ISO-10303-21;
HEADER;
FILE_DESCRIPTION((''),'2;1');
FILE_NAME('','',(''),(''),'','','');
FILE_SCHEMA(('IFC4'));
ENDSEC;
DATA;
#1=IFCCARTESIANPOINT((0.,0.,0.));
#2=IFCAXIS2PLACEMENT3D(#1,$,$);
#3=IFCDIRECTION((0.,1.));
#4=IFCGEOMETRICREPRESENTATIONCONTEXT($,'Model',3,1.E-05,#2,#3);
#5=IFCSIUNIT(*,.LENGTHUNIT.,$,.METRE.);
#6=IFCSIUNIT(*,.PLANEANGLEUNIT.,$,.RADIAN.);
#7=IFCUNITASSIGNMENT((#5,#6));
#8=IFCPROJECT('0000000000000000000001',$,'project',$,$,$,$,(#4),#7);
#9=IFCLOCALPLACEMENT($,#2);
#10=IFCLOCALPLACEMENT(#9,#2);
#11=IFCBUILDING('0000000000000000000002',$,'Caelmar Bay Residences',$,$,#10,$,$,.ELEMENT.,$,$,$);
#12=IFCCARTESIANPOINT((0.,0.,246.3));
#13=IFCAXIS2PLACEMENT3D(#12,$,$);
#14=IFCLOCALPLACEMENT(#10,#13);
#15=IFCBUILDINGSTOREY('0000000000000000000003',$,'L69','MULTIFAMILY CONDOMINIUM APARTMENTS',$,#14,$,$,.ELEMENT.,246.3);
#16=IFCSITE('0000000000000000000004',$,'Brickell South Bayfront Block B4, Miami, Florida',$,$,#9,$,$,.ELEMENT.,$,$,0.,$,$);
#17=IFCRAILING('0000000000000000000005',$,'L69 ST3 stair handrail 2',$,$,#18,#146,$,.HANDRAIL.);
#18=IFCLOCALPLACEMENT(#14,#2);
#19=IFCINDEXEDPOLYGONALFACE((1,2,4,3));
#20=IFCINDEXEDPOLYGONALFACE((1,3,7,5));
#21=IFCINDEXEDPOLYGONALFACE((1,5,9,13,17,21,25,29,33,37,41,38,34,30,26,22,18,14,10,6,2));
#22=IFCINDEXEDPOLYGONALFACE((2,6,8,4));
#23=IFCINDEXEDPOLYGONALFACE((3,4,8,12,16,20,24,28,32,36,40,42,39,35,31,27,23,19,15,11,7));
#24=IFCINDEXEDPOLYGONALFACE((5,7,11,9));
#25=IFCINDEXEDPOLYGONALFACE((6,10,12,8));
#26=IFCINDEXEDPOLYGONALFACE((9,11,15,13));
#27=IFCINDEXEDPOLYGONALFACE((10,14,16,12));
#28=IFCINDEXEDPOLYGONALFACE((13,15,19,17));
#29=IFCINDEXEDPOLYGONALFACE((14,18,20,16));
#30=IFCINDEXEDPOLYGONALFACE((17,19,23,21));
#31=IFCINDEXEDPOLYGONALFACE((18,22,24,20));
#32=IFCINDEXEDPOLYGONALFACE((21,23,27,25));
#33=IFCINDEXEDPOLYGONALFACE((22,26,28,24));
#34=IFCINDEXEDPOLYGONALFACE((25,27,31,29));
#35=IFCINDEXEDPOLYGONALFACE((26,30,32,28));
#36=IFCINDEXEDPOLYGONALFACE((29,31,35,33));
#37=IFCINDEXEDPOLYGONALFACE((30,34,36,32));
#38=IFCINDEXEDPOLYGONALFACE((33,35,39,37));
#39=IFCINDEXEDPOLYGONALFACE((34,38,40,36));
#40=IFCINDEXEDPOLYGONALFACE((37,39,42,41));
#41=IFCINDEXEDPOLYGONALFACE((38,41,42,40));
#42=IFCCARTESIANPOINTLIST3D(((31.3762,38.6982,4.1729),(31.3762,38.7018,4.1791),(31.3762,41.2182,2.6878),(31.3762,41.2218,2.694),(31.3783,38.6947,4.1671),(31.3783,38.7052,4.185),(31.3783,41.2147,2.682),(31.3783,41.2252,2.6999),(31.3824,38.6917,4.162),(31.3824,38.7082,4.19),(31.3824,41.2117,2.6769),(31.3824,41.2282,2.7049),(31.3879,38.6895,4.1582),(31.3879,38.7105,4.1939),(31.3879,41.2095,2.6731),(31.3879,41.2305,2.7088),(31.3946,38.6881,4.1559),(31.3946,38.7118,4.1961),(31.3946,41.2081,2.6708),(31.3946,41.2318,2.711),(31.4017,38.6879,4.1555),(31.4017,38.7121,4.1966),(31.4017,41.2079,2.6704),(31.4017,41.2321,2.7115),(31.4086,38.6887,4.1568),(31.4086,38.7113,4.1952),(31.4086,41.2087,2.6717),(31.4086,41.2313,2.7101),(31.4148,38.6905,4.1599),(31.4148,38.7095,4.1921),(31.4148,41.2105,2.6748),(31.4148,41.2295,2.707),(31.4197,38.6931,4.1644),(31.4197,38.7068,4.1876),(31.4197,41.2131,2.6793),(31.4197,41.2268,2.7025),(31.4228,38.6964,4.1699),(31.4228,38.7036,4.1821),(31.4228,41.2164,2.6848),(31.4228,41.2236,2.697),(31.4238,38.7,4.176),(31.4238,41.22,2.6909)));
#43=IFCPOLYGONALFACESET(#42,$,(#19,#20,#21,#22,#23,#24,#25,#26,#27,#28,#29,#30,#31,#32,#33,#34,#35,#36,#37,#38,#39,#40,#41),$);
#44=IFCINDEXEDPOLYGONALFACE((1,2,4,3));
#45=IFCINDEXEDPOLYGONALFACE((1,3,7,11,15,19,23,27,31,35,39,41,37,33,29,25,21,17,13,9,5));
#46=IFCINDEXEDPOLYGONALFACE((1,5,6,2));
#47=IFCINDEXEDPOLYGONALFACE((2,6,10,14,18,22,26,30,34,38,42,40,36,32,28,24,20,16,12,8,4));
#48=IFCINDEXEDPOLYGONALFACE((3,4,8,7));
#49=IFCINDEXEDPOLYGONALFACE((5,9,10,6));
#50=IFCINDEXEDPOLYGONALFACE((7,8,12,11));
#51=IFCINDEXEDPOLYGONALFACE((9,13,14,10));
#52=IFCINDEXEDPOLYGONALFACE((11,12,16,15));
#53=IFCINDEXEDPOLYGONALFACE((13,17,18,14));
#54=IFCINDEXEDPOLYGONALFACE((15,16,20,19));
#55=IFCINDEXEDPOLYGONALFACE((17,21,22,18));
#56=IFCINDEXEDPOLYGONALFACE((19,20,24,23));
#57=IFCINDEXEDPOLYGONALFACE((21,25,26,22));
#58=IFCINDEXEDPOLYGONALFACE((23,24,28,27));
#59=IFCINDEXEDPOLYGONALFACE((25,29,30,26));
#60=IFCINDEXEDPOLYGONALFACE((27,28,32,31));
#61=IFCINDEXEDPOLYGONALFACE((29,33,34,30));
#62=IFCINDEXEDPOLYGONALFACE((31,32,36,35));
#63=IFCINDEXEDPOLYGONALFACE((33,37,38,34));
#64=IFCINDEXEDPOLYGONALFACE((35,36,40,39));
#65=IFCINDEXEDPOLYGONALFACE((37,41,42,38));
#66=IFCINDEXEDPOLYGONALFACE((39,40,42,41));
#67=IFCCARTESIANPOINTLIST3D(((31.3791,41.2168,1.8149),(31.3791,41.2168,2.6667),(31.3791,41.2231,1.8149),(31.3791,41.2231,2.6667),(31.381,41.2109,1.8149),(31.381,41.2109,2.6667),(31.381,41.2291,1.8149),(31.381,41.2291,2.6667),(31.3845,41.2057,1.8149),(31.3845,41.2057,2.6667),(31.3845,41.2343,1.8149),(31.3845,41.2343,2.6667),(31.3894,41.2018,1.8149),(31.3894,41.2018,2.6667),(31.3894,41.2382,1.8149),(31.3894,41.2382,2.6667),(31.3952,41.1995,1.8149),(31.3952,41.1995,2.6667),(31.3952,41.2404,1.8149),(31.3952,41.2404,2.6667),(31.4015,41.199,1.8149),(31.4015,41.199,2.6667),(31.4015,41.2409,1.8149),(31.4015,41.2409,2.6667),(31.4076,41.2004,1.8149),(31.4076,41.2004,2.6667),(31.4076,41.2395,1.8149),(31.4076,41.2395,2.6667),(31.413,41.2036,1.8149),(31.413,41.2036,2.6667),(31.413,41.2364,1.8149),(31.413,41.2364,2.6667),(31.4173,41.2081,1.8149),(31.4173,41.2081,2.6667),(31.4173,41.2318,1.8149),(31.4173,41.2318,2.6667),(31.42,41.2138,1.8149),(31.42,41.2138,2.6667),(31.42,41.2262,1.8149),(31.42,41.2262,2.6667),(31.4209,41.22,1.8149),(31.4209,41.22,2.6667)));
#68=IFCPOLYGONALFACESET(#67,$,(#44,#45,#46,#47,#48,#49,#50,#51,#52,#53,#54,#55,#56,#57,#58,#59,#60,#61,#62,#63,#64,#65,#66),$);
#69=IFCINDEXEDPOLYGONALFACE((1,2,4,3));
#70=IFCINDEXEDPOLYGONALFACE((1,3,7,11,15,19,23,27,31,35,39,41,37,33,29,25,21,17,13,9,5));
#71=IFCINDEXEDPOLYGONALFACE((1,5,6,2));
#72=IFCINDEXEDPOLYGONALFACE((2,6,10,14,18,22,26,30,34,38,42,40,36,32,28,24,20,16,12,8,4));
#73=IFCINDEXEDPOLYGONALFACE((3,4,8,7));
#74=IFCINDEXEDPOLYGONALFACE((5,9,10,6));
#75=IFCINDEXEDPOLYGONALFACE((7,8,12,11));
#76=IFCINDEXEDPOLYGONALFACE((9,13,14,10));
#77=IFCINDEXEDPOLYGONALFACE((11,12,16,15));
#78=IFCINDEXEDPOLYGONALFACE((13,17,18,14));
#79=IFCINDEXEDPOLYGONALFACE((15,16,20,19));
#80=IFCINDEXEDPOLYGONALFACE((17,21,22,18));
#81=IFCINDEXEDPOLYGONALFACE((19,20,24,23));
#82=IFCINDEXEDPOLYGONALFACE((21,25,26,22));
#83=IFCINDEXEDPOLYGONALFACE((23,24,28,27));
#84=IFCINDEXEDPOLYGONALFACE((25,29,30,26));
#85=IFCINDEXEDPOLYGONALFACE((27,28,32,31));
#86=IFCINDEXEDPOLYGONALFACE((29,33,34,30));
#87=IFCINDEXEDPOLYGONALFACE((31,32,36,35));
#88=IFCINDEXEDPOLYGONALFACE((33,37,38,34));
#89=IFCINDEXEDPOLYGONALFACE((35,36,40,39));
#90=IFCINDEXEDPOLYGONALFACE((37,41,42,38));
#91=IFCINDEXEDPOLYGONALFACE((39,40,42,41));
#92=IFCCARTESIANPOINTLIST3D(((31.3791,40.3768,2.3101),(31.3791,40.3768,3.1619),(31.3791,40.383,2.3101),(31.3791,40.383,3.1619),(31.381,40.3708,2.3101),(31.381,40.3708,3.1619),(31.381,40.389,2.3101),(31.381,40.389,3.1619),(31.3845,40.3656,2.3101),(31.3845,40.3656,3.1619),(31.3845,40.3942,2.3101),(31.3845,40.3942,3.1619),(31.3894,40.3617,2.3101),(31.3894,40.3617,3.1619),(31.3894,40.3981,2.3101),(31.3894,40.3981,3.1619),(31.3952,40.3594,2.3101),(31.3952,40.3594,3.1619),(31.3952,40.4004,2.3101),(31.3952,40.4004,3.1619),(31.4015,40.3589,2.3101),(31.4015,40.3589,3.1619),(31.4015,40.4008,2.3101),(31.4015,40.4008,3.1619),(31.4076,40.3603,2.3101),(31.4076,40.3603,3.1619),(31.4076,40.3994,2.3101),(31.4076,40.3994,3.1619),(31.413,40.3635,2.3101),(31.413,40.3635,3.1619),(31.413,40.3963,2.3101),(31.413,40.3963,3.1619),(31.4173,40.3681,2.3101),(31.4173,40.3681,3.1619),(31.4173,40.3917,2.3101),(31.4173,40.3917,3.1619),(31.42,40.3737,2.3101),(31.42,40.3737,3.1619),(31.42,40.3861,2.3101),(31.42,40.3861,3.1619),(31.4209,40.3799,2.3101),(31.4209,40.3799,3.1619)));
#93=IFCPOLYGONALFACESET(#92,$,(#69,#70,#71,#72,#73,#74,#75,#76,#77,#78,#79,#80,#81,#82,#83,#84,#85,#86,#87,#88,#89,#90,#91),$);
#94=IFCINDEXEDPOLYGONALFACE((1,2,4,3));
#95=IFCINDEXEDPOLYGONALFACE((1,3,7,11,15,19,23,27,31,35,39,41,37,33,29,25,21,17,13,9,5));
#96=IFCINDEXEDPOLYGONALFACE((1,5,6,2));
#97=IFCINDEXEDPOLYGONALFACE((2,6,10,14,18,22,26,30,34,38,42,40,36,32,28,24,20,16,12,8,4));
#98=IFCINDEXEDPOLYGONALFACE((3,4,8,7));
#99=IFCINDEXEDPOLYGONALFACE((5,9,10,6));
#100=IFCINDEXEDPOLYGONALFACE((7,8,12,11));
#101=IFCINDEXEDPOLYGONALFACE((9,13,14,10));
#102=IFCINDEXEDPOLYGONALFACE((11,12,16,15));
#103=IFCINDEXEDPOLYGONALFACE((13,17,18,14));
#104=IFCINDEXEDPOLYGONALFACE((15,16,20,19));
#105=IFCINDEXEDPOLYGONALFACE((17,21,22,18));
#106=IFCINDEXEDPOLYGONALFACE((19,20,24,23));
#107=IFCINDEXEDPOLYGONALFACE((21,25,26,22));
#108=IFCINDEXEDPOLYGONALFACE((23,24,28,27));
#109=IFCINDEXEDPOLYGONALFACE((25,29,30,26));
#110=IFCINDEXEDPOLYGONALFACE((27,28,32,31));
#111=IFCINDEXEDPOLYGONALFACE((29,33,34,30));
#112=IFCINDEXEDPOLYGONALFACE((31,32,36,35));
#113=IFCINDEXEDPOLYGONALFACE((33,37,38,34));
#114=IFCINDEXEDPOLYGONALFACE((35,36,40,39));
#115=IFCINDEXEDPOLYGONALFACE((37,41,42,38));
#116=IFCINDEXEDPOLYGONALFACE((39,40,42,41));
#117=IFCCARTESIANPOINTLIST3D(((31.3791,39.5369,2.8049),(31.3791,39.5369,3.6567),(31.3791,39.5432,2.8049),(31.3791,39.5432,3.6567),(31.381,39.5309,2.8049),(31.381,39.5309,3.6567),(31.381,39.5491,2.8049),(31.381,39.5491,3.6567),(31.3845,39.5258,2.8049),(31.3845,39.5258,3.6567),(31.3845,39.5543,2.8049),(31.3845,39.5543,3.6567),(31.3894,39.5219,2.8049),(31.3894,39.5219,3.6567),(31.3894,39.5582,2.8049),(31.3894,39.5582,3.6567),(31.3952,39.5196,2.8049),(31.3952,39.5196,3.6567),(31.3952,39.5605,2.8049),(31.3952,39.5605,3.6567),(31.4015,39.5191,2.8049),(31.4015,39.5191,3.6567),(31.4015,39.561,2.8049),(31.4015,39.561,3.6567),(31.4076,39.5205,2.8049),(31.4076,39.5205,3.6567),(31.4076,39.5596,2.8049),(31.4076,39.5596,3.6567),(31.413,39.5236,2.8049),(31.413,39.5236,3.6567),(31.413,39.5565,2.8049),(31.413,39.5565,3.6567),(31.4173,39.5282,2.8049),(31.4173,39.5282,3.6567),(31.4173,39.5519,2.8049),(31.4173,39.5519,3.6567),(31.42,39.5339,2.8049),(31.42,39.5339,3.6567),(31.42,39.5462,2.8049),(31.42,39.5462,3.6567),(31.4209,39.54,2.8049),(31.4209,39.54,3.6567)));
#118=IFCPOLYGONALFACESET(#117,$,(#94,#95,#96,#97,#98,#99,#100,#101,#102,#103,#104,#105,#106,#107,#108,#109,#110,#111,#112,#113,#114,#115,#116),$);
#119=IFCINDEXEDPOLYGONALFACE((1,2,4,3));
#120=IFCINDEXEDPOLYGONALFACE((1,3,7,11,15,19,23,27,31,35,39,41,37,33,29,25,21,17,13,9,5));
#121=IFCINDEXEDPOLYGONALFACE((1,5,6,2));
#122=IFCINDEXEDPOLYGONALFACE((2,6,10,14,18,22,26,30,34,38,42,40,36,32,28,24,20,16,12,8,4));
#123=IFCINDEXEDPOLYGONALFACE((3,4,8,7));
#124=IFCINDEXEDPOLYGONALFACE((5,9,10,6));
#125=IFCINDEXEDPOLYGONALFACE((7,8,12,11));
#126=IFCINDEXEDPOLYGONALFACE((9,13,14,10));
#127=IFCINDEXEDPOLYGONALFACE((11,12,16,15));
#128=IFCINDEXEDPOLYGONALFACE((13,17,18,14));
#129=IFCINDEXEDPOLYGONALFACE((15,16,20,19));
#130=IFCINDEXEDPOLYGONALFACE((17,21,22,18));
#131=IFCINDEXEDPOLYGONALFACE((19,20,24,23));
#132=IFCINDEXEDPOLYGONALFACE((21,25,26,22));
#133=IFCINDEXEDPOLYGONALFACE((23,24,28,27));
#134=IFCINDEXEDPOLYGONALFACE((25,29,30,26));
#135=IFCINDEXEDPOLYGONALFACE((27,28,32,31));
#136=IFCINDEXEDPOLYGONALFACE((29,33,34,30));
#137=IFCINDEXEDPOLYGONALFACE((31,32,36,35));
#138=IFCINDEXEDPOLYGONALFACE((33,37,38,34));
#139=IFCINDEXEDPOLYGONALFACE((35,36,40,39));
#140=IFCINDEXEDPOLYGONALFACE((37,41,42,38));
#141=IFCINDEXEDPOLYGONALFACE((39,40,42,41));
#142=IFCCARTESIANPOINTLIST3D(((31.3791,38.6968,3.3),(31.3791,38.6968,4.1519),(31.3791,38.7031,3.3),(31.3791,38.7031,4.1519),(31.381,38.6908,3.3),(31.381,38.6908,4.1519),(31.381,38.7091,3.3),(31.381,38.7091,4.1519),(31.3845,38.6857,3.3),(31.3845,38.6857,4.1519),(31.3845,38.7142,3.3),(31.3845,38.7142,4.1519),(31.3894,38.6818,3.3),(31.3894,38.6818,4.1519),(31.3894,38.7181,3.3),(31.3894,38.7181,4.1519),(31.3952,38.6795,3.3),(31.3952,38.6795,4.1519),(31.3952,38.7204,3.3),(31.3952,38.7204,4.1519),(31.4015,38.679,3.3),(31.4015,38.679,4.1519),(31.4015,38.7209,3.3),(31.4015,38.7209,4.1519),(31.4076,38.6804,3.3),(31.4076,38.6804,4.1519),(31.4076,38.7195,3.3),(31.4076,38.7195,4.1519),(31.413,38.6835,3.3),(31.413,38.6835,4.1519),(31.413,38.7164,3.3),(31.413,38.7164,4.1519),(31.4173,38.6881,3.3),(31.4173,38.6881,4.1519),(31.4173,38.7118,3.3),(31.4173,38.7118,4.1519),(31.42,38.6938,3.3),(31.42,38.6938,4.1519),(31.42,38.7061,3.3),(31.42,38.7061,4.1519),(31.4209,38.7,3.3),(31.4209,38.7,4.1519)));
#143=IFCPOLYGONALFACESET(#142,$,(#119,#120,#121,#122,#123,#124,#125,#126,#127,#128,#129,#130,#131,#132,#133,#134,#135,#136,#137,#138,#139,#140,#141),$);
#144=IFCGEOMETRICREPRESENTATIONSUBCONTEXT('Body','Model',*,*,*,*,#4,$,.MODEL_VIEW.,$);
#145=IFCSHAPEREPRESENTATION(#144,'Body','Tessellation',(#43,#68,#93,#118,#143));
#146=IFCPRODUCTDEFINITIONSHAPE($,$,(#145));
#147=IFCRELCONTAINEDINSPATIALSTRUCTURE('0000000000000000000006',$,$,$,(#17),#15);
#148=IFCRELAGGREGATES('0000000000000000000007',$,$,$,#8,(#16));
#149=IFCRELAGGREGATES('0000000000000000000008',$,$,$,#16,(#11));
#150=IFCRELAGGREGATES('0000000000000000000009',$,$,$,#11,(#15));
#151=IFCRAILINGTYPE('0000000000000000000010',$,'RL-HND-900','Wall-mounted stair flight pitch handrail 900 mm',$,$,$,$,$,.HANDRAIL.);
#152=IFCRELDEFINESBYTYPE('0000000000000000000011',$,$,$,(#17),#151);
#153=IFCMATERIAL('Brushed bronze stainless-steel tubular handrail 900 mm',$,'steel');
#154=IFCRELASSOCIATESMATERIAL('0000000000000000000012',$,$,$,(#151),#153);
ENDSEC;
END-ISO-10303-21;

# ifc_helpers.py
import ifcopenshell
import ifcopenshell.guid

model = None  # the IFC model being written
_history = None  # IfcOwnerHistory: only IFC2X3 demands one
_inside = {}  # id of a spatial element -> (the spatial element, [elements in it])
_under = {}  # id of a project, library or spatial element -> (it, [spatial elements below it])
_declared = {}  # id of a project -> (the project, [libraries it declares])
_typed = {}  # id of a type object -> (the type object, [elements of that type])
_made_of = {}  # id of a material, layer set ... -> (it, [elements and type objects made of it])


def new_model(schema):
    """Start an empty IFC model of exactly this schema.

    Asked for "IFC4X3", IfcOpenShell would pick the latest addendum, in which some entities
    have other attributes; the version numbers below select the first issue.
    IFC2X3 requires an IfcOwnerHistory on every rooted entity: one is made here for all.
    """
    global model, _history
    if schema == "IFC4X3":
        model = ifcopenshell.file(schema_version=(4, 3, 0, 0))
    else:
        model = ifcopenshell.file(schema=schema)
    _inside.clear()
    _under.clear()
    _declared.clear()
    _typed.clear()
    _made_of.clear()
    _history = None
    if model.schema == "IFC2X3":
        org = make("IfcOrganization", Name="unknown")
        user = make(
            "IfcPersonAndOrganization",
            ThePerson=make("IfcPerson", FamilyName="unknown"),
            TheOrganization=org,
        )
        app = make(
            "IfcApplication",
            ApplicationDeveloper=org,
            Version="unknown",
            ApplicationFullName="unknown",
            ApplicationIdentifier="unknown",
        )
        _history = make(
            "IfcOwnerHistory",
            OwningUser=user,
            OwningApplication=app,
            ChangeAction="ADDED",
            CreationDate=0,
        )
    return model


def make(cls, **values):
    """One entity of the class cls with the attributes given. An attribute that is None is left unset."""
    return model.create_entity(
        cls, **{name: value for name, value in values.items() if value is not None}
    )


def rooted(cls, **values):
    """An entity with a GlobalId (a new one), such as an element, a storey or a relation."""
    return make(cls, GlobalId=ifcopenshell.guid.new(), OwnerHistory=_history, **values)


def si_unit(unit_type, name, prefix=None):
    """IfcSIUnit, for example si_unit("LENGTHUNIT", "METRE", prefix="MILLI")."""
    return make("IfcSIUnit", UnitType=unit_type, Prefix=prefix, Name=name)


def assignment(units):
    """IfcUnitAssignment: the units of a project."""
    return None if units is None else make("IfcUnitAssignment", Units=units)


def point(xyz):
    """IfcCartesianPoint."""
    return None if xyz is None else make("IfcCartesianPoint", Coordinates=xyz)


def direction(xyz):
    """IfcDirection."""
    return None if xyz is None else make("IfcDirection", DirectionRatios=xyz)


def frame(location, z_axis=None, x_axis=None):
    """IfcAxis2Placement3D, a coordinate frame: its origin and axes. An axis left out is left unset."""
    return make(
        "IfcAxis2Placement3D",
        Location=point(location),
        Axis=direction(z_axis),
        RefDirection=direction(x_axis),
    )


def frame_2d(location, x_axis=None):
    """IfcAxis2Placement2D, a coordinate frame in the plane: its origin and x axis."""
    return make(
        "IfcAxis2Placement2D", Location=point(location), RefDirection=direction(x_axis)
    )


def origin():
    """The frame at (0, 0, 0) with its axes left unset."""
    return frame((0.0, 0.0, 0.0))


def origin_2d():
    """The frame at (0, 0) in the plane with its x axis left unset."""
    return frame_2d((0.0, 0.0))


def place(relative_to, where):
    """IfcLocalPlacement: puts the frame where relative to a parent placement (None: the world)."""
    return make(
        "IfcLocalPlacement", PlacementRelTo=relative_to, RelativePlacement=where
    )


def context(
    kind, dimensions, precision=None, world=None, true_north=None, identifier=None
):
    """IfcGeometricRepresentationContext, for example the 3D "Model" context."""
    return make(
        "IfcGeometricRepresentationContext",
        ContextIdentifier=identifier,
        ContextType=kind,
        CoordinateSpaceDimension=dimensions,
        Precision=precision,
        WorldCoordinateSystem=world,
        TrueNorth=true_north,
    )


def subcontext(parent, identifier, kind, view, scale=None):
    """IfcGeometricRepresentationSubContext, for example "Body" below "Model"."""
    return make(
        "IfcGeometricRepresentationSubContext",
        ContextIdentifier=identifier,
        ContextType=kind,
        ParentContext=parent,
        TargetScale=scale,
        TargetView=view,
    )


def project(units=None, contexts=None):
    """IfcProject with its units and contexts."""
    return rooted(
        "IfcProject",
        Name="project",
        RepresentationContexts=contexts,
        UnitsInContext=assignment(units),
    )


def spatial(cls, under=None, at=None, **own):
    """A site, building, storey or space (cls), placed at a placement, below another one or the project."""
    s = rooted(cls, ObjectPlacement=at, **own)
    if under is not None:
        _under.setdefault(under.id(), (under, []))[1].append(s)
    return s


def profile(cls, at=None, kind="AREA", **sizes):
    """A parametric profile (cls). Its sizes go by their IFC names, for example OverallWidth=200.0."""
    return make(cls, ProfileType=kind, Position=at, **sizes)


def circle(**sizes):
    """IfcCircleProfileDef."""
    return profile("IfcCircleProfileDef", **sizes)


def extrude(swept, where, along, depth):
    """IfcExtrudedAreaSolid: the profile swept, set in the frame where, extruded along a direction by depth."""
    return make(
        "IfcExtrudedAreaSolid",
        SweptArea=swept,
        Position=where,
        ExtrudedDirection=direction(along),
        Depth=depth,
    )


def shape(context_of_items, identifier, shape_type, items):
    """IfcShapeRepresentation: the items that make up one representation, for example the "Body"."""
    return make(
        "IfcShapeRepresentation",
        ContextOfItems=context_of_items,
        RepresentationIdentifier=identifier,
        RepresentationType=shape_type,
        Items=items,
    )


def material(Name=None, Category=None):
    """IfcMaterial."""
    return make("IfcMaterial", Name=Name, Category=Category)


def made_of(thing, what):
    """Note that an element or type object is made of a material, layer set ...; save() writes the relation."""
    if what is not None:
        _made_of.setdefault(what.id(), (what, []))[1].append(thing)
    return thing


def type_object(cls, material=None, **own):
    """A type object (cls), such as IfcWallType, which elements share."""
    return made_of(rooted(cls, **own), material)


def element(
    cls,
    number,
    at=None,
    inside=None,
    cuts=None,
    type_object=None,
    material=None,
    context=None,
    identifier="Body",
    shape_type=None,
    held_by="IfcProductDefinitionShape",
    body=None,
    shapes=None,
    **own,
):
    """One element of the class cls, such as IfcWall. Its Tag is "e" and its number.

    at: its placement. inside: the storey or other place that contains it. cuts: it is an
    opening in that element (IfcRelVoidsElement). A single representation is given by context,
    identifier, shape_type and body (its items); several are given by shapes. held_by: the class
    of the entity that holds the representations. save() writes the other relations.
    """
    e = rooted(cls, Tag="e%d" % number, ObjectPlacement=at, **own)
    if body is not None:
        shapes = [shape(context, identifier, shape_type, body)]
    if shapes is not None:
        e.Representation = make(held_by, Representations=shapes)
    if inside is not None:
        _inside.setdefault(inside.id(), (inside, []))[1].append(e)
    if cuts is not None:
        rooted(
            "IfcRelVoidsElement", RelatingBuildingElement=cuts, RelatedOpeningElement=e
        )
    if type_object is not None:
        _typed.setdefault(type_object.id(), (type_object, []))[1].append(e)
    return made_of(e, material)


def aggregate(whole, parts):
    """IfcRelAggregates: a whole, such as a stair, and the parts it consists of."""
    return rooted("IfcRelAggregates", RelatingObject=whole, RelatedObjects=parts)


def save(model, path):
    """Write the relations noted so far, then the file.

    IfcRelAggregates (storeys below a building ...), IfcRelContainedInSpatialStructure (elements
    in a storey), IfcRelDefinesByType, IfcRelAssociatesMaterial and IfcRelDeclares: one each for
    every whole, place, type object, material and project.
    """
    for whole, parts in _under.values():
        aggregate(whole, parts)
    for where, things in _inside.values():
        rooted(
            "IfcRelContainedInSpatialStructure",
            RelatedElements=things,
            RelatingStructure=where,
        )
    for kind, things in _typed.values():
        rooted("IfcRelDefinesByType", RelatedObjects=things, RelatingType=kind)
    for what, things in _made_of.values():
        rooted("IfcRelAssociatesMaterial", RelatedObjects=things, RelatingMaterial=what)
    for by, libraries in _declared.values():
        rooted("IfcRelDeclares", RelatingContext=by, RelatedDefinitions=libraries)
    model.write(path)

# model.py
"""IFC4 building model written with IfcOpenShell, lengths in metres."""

from ifc_helpers import new_model, si_unit, direction, frame, origin, origin_2d, place, context, subcontext, project, spatial, circle, extrude, material, type_object, element, save


model = new_model("IFC4")

# Units and contexts
model_context = context("Model", 3, precision=1e-05, world=origin(), true_north=direction((0.0, 1.0)))
body_context = subcontext(model_context, "Body", "Model", "MODEL_VIEW")
ifc_project = project(units=[si_unit("LENGTHUNIT", "METRE"), si_unit("PLANEANGLEUNIT", "RADIAN")], contexts=[model_context])

# Site, building, storey
site_placement = place(None, origin())
site = spatial("IfcSite", under=ifc_project, at=site_placement, Name="Brickell South Bayfront Block B4, Miami, Florida", CompositionType="ELEMENT", RefElevation=0.0)
building_placement = place(site_placement, origin())
building = spatial("IfcBuilding", under=site, at=building_placement, Name="Caelmar Bay Residences", CompositionType="ELEMENT")
storey_placement = place(building_placement, frame((0.0, 0.0, 246.3)))
storey = spatial("IfcBuildingStorey", under=building, at=storey_placement, Name="L69", Description="MULTIFAMILY CONDOMINIUM APARTMENTS", CompositionType="ELEMENT", Elevation=246.3)

# Railing
ifc_material_1 = material(Name="Brushed bronze stainless-steel tubular handrail 900 mm", Category="steel")
railing_type_1 = type_object("IfcRailingType", Name="RL-HND-900", Description="Wall-mounted stair flight pitch handrail 900 mm", PredefinedType="HANDRAIL", material=ifc_material_1)
railing_1_placement = place(storey_placement, frame((31.3999, 41.22, 1.8149)))
element("IfcRailing", 1, at=railing_1_placement, inside=storey, type_object=railing_type_1, Name="L69 ST3 stair handrail 2", PredefinedType="HANDRAIL", context=body_context, shape_type="SweptSolid", body=[
    extrude(circle(Radius=0.0239, at=origin_2d()), frame((0.0, 0.0, 0.876), z_axis=(0.0, -0.861524, 0.507717), x_axis=(1.0, 0.0, 0.0)), (0.0, 0.0, 1.0), 2.925),
    extrude(circle(Radius=0.021, at=origin_2d()), origin(), (0.0, 0.0, 1.0), 0.8518),
    extrude(circle(Radius=0.021, at=origin_2d()), frame((0.0, -0.8401, 0.4951)), (0.0, 0.0, 1.0), 0.8518),
    extrude(circle(Radius=0.021, at=origin_2d()), frame((0.0, -1.6799, 0.99)), (0.0, 0.0, 1.0), 0.8518),
    extrude(circle(Radius=0.021, at=origin_2d()), frame((0.0, -2.52, 1.4851)), (0.0, 0.0, 1.0), 0.8518),
])

save(model, "model.ifc")
